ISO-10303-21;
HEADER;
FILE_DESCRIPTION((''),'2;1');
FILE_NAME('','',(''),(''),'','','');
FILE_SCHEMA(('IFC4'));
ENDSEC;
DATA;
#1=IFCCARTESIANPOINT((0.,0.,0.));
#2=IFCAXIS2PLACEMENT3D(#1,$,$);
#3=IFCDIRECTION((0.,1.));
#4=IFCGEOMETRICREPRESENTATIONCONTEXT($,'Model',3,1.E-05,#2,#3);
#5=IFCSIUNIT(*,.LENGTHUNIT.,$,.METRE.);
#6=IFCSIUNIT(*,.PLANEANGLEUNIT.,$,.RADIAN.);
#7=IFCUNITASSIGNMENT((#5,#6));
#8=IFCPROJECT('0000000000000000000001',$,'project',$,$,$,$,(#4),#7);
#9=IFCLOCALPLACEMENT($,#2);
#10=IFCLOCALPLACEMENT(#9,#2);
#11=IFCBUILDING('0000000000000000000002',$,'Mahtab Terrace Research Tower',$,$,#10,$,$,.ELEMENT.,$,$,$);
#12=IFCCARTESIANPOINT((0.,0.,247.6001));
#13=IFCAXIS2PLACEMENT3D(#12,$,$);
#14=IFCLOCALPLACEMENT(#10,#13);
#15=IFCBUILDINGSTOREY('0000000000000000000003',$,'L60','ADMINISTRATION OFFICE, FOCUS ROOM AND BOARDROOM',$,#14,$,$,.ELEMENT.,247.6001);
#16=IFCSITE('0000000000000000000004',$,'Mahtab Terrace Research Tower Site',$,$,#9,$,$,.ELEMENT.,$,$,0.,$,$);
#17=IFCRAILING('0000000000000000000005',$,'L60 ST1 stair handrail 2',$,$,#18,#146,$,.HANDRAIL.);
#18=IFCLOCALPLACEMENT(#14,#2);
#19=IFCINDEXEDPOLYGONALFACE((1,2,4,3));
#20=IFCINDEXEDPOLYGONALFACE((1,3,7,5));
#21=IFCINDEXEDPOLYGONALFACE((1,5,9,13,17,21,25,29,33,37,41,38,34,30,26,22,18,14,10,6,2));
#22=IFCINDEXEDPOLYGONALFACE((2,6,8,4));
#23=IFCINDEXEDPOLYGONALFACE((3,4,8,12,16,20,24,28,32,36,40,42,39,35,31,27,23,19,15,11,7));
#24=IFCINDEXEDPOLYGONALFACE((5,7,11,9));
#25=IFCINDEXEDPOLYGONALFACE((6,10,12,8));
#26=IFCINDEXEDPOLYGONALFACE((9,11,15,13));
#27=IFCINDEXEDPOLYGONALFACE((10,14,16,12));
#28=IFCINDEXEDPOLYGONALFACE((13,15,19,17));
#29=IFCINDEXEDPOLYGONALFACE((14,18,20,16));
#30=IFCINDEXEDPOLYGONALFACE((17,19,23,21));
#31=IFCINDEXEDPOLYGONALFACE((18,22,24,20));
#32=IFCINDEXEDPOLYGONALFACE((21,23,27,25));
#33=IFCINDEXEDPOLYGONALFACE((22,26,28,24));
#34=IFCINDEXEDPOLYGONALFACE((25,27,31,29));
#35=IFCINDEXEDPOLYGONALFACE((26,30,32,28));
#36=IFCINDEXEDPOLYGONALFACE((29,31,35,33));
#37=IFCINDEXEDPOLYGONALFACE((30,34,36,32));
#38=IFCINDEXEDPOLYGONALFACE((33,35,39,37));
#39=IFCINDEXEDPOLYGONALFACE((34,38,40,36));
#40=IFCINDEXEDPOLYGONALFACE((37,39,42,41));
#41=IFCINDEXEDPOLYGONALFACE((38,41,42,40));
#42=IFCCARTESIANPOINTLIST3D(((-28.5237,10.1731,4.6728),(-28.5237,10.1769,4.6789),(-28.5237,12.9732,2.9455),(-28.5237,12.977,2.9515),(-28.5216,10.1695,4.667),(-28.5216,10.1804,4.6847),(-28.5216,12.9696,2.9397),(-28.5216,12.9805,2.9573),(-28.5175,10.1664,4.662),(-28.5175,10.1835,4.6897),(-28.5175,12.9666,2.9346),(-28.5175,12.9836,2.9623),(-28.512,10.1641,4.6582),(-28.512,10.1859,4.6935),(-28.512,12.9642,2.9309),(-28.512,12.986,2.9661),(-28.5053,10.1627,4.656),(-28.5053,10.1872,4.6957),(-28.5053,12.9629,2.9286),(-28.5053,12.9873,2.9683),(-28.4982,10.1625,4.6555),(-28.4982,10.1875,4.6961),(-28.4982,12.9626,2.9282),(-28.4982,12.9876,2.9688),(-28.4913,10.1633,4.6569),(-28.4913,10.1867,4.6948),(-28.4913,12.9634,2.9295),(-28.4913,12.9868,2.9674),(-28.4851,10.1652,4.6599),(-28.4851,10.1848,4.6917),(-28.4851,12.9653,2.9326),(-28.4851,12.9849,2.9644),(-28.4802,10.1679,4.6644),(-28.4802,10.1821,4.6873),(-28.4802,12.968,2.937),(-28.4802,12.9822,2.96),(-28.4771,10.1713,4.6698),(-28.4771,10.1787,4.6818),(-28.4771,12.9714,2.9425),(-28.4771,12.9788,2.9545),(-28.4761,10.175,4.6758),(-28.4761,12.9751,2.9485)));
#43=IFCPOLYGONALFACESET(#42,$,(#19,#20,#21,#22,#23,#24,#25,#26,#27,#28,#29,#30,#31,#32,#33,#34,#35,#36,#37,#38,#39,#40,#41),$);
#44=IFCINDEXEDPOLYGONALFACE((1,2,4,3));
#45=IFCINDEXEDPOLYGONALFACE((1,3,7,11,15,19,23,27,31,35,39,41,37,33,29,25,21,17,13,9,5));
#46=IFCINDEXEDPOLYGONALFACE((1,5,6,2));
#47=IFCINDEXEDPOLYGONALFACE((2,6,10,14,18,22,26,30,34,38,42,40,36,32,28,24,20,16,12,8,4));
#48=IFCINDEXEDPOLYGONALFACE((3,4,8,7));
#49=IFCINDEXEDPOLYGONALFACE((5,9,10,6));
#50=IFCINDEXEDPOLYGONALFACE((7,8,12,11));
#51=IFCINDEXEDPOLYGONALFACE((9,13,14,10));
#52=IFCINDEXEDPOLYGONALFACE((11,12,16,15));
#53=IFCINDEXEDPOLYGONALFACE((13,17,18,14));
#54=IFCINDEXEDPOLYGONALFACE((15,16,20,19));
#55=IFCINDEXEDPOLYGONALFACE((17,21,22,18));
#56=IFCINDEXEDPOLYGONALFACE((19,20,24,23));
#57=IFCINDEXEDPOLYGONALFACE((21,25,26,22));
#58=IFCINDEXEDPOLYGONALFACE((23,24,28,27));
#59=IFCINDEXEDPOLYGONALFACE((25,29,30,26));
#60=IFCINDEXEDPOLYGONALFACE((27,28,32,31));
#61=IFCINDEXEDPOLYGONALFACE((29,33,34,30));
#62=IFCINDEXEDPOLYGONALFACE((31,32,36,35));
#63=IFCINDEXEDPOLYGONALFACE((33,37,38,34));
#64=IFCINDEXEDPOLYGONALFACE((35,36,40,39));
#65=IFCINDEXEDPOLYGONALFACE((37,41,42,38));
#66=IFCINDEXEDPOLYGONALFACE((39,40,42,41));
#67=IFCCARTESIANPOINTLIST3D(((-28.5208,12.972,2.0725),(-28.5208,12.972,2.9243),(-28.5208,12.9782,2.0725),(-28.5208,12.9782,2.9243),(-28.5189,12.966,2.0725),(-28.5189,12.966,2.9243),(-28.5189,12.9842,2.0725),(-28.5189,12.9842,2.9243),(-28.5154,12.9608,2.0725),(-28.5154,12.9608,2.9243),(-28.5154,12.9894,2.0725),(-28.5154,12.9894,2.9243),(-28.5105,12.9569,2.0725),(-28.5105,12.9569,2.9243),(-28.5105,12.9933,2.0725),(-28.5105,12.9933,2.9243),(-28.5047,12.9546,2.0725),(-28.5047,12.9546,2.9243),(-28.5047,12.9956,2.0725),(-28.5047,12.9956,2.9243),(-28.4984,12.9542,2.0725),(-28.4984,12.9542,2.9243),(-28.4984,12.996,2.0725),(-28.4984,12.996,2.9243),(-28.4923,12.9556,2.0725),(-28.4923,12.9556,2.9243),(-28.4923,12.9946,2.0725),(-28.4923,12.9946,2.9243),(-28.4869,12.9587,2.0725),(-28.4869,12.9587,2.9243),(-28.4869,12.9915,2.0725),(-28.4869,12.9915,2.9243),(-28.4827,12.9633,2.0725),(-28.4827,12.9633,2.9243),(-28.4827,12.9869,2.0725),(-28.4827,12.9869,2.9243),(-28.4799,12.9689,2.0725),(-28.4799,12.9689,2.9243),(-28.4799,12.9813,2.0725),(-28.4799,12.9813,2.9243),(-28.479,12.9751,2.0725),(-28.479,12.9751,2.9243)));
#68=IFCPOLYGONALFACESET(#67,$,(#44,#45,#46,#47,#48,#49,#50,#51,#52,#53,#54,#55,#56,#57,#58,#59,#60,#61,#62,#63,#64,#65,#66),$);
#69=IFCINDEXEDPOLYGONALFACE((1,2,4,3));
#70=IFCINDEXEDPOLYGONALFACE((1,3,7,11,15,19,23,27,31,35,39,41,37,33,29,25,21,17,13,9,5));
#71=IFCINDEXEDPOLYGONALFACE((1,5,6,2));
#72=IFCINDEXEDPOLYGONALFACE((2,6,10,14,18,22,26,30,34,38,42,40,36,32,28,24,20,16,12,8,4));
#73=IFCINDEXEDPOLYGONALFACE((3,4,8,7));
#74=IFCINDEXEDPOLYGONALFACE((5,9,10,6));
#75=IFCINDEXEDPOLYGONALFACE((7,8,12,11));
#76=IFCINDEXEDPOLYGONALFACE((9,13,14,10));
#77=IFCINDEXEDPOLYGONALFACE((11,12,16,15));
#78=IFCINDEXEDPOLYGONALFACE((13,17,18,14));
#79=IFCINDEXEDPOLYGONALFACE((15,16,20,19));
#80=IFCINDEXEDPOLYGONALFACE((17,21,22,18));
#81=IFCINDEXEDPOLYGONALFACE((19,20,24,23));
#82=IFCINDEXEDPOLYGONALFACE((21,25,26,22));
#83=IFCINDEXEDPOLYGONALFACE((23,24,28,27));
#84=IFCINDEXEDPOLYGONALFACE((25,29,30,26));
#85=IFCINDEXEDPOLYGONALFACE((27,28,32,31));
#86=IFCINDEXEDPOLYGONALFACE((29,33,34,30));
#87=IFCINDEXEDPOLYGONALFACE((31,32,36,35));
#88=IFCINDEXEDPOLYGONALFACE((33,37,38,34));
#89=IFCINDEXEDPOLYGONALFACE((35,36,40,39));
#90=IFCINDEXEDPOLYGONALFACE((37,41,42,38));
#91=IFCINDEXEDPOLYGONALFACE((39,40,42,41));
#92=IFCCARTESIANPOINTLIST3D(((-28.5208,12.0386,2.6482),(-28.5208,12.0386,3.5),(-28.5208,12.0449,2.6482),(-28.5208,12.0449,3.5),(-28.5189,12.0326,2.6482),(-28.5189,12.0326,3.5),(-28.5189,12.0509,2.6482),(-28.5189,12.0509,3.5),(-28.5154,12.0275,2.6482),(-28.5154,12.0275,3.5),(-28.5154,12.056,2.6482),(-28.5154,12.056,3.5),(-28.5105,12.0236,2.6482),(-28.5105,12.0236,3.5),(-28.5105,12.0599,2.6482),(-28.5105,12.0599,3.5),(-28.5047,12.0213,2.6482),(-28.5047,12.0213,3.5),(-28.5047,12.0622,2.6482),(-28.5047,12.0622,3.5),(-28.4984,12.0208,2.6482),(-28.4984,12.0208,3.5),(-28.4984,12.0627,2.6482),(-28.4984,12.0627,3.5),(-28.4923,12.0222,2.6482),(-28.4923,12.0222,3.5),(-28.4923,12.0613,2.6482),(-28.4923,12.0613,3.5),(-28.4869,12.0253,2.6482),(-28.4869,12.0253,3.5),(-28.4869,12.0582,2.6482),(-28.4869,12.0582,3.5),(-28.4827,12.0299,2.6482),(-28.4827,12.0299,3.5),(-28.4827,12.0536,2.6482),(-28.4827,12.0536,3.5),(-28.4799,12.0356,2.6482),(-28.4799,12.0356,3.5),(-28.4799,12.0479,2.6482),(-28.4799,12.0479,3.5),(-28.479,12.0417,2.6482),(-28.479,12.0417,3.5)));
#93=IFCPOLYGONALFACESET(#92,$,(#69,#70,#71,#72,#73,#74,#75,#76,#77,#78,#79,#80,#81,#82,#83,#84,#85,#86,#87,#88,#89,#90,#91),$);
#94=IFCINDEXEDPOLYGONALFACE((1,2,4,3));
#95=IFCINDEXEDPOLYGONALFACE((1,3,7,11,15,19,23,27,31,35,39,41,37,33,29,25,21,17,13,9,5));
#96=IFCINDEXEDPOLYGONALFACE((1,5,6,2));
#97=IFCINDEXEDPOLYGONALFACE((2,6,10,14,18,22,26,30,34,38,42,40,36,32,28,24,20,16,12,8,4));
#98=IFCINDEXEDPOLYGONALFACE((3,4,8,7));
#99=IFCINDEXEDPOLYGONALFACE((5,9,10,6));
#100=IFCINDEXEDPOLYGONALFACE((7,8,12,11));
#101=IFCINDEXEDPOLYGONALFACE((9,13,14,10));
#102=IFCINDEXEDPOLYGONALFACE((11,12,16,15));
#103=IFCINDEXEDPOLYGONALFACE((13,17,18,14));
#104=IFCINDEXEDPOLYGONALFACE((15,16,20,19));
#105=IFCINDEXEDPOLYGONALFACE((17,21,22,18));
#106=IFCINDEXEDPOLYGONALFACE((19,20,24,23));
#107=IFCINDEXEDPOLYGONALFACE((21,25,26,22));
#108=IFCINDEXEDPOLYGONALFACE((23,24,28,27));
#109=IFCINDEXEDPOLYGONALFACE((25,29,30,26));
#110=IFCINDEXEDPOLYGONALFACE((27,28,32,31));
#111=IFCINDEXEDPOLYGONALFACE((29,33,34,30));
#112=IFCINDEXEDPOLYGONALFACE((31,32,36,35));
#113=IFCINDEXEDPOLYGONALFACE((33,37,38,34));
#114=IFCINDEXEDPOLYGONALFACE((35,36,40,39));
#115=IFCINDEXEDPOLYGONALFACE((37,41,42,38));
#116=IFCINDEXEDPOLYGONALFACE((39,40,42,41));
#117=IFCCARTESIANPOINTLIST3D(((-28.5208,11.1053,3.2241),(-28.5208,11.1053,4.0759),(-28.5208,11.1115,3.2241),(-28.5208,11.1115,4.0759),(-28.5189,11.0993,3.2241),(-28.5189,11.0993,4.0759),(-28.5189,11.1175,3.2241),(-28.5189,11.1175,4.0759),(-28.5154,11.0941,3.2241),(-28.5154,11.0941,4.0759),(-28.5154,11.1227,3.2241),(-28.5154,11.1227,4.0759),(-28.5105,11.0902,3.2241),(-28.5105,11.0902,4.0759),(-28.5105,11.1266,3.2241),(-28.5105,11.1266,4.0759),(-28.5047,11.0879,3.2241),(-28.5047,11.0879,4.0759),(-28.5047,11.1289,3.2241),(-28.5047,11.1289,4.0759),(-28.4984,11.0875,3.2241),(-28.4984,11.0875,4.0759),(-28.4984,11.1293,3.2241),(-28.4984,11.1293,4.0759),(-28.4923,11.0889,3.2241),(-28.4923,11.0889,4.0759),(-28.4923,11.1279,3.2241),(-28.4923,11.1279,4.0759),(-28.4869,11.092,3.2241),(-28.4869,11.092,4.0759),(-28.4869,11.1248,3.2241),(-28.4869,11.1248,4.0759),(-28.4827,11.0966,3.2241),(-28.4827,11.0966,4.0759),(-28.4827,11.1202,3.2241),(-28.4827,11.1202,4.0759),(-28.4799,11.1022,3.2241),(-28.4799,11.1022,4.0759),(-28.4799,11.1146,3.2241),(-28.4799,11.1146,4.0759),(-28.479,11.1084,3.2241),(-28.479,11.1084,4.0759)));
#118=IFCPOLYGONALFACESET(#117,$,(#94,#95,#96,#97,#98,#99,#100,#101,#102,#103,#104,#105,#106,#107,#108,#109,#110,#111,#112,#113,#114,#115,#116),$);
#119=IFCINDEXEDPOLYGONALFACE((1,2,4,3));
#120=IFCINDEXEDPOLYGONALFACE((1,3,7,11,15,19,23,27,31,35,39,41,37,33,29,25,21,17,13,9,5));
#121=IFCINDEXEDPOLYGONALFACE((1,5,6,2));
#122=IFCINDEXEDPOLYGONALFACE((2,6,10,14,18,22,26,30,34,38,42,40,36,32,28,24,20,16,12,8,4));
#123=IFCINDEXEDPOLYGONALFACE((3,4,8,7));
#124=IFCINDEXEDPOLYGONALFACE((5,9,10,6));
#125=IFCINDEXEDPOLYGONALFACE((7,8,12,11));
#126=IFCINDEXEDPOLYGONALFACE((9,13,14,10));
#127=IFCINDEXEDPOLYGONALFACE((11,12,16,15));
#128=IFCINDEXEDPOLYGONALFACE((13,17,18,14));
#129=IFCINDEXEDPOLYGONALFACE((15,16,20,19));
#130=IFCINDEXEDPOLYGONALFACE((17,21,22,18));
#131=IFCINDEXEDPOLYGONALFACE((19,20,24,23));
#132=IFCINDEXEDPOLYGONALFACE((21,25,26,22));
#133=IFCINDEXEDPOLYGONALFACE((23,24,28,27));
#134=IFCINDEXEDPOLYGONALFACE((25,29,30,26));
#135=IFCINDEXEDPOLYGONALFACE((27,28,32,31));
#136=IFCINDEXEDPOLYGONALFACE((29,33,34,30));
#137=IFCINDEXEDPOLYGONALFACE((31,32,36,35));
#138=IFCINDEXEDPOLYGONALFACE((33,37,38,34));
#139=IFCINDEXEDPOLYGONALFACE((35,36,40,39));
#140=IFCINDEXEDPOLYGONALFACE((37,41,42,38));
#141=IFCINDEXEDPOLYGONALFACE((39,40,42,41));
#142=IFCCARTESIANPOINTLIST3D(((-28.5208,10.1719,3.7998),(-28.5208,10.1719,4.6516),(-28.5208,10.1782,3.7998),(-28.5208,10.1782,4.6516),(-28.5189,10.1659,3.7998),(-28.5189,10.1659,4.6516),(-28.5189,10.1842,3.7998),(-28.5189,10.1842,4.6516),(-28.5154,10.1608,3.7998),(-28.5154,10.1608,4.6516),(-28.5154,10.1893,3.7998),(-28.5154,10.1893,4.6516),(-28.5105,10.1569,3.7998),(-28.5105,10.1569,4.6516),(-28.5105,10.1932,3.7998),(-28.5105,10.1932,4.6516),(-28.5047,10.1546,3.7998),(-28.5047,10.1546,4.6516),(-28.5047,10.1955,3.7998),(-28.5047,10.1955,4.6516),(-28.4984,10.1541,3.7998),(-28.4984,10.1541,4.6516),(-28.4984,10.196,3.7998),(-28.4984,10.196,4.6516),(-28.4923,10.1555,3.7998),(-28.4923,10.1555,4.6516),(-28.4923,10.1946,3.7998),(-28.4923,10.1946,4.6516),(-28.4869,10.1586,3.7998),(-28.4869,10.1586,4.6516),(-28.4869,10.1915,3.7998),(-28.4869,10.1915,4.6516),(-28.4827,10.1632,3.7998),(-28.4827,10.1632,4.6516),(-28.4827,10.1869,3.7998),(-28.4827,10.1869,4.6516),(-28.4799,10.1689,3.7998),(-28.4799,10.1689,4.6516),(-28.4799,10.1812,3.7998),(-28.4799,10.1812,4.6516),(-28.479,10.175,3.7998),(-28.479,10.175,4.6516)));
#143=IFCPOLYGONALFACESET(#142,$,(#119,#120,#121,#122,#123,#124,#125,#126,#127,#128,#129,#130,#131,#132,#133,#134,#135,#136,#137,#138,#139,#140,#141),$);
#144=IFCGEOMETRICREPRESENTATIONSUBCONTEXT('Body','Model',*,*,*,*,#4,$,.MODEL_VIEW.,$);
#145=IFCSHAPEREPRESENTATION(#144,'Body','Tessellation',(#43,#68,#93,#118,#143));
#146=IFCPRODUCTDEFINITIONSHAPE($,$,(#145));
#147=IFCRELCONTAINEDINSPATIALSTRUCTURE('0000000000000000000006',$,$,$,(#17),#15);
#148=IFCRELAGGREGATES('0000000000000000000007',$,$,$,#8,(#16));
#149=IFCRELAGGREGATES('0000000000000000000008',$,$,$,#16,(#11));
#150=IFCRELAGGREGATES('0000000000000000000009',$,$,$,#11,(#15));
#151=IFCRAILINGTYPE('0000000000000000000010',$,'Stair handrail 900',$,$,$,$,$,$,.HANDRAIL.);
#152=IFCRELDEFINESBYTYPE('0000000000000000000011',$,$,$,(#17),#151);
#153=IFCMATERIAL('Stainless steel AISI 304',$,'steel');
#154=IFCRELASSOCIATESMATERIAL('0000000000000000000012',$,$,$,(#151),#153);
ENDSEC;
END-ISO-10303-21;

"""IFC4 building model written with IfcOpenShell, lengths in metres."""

from ifc_helpers import new_model, si_unit, direction, frame, origin, origin_2d, place, context, subcontext, project, spatial, circle, extrude, material, type_object, element, save


model = new_model("IFC4")

# Units and contexts
model_context = context("Model", 3, precision=1e-05, world=origin(), true_north=direction((0.0, 1.0)))
body_context = subcontext(model_context, "Body", "Model", "MODEL_VIEW")
ifc_project = project(units=[si_unit("LENGTHUNIT", "METRE"), si_unit("PLANEANGLEUNIT", "RADIAN")], contexts=[model_context])

# Site, building, storey
site_placement = place(None, origin())
site = spatial("IfcSite", under=ifc_project, at=site_placement, Name="Mahtab Terrace Research Tower Site", CompositionType="ELEMENT", RefElevation=0.0)
building_placement = place(site_placement, origin())
building = spatial("IfcBuilding", under=site, at=building_placement, Name="Mahtab Terrace Research Tower", CompositionType="ELEMENT")
storey_placement = place(building_placement, frame((0.0, 0.0, 247.6001)))
storey = spatial("IfcBuildingStorey", under=building, at=storey_placement, Name="L60", Description="ADMINISTRATION OFFICE, FOCUS ROOM AND BOARDROOM", CompositionType="ELEMENT", Elevation=247.6001)

# Railing
ifc_material_1 = material(Name="Stainless steel AISI 304", Category="steel")
railing_type_1 = type_object("IfcRailingType", Name="Stair handrail 900", PredefinedType="HANDRAIL", material=ifc_material_1)
railing_1_placement = place(storey_placement, frame((-28.5, 12.9751, 2.0725)))
element("IfcRailing", 1, at=railing_1_placement, inside=storey, type_object=railing_type_1, Name="L60 ST1 stair handrail 2", PredefinedType="HANDRAIL", context=body_context, shape_type="SweptSolid", body=[
    extrude(circle(Radius=0.0239, at=origin_2d()), frame((0.0, 0.0, 0.876), z_axis=(0.0, -0.85109, 0.52502), x_axis=(1.0, 0.0, 0.0)), (0.0, 0.0, 1.0), 3.29),
    extrude(circle(Radius=0.021, at=origin_2d()), origin(), (0.0, 0.0, 1.0), 0.8518),
    extrude(circle(Radius=0.021, at=origin_2d()), frame((0.0, -0.9333, 0.5757)), (0.0, 0.0, 1.0), 0.8518),
    extrude(circle(Radius=0.021, at=origin_2d()), frame((0.0, -1.8667, 1.1516)), (0.0, 0.0, 1.0), 0.8518),
    extrude(circle(Radius=0.021, at=origin_2d()), frame((0.0, -2.8, 1.7273)), (0.0, 0.0, 1.0), 0.8518),
])

save(model, "model.ifc")
